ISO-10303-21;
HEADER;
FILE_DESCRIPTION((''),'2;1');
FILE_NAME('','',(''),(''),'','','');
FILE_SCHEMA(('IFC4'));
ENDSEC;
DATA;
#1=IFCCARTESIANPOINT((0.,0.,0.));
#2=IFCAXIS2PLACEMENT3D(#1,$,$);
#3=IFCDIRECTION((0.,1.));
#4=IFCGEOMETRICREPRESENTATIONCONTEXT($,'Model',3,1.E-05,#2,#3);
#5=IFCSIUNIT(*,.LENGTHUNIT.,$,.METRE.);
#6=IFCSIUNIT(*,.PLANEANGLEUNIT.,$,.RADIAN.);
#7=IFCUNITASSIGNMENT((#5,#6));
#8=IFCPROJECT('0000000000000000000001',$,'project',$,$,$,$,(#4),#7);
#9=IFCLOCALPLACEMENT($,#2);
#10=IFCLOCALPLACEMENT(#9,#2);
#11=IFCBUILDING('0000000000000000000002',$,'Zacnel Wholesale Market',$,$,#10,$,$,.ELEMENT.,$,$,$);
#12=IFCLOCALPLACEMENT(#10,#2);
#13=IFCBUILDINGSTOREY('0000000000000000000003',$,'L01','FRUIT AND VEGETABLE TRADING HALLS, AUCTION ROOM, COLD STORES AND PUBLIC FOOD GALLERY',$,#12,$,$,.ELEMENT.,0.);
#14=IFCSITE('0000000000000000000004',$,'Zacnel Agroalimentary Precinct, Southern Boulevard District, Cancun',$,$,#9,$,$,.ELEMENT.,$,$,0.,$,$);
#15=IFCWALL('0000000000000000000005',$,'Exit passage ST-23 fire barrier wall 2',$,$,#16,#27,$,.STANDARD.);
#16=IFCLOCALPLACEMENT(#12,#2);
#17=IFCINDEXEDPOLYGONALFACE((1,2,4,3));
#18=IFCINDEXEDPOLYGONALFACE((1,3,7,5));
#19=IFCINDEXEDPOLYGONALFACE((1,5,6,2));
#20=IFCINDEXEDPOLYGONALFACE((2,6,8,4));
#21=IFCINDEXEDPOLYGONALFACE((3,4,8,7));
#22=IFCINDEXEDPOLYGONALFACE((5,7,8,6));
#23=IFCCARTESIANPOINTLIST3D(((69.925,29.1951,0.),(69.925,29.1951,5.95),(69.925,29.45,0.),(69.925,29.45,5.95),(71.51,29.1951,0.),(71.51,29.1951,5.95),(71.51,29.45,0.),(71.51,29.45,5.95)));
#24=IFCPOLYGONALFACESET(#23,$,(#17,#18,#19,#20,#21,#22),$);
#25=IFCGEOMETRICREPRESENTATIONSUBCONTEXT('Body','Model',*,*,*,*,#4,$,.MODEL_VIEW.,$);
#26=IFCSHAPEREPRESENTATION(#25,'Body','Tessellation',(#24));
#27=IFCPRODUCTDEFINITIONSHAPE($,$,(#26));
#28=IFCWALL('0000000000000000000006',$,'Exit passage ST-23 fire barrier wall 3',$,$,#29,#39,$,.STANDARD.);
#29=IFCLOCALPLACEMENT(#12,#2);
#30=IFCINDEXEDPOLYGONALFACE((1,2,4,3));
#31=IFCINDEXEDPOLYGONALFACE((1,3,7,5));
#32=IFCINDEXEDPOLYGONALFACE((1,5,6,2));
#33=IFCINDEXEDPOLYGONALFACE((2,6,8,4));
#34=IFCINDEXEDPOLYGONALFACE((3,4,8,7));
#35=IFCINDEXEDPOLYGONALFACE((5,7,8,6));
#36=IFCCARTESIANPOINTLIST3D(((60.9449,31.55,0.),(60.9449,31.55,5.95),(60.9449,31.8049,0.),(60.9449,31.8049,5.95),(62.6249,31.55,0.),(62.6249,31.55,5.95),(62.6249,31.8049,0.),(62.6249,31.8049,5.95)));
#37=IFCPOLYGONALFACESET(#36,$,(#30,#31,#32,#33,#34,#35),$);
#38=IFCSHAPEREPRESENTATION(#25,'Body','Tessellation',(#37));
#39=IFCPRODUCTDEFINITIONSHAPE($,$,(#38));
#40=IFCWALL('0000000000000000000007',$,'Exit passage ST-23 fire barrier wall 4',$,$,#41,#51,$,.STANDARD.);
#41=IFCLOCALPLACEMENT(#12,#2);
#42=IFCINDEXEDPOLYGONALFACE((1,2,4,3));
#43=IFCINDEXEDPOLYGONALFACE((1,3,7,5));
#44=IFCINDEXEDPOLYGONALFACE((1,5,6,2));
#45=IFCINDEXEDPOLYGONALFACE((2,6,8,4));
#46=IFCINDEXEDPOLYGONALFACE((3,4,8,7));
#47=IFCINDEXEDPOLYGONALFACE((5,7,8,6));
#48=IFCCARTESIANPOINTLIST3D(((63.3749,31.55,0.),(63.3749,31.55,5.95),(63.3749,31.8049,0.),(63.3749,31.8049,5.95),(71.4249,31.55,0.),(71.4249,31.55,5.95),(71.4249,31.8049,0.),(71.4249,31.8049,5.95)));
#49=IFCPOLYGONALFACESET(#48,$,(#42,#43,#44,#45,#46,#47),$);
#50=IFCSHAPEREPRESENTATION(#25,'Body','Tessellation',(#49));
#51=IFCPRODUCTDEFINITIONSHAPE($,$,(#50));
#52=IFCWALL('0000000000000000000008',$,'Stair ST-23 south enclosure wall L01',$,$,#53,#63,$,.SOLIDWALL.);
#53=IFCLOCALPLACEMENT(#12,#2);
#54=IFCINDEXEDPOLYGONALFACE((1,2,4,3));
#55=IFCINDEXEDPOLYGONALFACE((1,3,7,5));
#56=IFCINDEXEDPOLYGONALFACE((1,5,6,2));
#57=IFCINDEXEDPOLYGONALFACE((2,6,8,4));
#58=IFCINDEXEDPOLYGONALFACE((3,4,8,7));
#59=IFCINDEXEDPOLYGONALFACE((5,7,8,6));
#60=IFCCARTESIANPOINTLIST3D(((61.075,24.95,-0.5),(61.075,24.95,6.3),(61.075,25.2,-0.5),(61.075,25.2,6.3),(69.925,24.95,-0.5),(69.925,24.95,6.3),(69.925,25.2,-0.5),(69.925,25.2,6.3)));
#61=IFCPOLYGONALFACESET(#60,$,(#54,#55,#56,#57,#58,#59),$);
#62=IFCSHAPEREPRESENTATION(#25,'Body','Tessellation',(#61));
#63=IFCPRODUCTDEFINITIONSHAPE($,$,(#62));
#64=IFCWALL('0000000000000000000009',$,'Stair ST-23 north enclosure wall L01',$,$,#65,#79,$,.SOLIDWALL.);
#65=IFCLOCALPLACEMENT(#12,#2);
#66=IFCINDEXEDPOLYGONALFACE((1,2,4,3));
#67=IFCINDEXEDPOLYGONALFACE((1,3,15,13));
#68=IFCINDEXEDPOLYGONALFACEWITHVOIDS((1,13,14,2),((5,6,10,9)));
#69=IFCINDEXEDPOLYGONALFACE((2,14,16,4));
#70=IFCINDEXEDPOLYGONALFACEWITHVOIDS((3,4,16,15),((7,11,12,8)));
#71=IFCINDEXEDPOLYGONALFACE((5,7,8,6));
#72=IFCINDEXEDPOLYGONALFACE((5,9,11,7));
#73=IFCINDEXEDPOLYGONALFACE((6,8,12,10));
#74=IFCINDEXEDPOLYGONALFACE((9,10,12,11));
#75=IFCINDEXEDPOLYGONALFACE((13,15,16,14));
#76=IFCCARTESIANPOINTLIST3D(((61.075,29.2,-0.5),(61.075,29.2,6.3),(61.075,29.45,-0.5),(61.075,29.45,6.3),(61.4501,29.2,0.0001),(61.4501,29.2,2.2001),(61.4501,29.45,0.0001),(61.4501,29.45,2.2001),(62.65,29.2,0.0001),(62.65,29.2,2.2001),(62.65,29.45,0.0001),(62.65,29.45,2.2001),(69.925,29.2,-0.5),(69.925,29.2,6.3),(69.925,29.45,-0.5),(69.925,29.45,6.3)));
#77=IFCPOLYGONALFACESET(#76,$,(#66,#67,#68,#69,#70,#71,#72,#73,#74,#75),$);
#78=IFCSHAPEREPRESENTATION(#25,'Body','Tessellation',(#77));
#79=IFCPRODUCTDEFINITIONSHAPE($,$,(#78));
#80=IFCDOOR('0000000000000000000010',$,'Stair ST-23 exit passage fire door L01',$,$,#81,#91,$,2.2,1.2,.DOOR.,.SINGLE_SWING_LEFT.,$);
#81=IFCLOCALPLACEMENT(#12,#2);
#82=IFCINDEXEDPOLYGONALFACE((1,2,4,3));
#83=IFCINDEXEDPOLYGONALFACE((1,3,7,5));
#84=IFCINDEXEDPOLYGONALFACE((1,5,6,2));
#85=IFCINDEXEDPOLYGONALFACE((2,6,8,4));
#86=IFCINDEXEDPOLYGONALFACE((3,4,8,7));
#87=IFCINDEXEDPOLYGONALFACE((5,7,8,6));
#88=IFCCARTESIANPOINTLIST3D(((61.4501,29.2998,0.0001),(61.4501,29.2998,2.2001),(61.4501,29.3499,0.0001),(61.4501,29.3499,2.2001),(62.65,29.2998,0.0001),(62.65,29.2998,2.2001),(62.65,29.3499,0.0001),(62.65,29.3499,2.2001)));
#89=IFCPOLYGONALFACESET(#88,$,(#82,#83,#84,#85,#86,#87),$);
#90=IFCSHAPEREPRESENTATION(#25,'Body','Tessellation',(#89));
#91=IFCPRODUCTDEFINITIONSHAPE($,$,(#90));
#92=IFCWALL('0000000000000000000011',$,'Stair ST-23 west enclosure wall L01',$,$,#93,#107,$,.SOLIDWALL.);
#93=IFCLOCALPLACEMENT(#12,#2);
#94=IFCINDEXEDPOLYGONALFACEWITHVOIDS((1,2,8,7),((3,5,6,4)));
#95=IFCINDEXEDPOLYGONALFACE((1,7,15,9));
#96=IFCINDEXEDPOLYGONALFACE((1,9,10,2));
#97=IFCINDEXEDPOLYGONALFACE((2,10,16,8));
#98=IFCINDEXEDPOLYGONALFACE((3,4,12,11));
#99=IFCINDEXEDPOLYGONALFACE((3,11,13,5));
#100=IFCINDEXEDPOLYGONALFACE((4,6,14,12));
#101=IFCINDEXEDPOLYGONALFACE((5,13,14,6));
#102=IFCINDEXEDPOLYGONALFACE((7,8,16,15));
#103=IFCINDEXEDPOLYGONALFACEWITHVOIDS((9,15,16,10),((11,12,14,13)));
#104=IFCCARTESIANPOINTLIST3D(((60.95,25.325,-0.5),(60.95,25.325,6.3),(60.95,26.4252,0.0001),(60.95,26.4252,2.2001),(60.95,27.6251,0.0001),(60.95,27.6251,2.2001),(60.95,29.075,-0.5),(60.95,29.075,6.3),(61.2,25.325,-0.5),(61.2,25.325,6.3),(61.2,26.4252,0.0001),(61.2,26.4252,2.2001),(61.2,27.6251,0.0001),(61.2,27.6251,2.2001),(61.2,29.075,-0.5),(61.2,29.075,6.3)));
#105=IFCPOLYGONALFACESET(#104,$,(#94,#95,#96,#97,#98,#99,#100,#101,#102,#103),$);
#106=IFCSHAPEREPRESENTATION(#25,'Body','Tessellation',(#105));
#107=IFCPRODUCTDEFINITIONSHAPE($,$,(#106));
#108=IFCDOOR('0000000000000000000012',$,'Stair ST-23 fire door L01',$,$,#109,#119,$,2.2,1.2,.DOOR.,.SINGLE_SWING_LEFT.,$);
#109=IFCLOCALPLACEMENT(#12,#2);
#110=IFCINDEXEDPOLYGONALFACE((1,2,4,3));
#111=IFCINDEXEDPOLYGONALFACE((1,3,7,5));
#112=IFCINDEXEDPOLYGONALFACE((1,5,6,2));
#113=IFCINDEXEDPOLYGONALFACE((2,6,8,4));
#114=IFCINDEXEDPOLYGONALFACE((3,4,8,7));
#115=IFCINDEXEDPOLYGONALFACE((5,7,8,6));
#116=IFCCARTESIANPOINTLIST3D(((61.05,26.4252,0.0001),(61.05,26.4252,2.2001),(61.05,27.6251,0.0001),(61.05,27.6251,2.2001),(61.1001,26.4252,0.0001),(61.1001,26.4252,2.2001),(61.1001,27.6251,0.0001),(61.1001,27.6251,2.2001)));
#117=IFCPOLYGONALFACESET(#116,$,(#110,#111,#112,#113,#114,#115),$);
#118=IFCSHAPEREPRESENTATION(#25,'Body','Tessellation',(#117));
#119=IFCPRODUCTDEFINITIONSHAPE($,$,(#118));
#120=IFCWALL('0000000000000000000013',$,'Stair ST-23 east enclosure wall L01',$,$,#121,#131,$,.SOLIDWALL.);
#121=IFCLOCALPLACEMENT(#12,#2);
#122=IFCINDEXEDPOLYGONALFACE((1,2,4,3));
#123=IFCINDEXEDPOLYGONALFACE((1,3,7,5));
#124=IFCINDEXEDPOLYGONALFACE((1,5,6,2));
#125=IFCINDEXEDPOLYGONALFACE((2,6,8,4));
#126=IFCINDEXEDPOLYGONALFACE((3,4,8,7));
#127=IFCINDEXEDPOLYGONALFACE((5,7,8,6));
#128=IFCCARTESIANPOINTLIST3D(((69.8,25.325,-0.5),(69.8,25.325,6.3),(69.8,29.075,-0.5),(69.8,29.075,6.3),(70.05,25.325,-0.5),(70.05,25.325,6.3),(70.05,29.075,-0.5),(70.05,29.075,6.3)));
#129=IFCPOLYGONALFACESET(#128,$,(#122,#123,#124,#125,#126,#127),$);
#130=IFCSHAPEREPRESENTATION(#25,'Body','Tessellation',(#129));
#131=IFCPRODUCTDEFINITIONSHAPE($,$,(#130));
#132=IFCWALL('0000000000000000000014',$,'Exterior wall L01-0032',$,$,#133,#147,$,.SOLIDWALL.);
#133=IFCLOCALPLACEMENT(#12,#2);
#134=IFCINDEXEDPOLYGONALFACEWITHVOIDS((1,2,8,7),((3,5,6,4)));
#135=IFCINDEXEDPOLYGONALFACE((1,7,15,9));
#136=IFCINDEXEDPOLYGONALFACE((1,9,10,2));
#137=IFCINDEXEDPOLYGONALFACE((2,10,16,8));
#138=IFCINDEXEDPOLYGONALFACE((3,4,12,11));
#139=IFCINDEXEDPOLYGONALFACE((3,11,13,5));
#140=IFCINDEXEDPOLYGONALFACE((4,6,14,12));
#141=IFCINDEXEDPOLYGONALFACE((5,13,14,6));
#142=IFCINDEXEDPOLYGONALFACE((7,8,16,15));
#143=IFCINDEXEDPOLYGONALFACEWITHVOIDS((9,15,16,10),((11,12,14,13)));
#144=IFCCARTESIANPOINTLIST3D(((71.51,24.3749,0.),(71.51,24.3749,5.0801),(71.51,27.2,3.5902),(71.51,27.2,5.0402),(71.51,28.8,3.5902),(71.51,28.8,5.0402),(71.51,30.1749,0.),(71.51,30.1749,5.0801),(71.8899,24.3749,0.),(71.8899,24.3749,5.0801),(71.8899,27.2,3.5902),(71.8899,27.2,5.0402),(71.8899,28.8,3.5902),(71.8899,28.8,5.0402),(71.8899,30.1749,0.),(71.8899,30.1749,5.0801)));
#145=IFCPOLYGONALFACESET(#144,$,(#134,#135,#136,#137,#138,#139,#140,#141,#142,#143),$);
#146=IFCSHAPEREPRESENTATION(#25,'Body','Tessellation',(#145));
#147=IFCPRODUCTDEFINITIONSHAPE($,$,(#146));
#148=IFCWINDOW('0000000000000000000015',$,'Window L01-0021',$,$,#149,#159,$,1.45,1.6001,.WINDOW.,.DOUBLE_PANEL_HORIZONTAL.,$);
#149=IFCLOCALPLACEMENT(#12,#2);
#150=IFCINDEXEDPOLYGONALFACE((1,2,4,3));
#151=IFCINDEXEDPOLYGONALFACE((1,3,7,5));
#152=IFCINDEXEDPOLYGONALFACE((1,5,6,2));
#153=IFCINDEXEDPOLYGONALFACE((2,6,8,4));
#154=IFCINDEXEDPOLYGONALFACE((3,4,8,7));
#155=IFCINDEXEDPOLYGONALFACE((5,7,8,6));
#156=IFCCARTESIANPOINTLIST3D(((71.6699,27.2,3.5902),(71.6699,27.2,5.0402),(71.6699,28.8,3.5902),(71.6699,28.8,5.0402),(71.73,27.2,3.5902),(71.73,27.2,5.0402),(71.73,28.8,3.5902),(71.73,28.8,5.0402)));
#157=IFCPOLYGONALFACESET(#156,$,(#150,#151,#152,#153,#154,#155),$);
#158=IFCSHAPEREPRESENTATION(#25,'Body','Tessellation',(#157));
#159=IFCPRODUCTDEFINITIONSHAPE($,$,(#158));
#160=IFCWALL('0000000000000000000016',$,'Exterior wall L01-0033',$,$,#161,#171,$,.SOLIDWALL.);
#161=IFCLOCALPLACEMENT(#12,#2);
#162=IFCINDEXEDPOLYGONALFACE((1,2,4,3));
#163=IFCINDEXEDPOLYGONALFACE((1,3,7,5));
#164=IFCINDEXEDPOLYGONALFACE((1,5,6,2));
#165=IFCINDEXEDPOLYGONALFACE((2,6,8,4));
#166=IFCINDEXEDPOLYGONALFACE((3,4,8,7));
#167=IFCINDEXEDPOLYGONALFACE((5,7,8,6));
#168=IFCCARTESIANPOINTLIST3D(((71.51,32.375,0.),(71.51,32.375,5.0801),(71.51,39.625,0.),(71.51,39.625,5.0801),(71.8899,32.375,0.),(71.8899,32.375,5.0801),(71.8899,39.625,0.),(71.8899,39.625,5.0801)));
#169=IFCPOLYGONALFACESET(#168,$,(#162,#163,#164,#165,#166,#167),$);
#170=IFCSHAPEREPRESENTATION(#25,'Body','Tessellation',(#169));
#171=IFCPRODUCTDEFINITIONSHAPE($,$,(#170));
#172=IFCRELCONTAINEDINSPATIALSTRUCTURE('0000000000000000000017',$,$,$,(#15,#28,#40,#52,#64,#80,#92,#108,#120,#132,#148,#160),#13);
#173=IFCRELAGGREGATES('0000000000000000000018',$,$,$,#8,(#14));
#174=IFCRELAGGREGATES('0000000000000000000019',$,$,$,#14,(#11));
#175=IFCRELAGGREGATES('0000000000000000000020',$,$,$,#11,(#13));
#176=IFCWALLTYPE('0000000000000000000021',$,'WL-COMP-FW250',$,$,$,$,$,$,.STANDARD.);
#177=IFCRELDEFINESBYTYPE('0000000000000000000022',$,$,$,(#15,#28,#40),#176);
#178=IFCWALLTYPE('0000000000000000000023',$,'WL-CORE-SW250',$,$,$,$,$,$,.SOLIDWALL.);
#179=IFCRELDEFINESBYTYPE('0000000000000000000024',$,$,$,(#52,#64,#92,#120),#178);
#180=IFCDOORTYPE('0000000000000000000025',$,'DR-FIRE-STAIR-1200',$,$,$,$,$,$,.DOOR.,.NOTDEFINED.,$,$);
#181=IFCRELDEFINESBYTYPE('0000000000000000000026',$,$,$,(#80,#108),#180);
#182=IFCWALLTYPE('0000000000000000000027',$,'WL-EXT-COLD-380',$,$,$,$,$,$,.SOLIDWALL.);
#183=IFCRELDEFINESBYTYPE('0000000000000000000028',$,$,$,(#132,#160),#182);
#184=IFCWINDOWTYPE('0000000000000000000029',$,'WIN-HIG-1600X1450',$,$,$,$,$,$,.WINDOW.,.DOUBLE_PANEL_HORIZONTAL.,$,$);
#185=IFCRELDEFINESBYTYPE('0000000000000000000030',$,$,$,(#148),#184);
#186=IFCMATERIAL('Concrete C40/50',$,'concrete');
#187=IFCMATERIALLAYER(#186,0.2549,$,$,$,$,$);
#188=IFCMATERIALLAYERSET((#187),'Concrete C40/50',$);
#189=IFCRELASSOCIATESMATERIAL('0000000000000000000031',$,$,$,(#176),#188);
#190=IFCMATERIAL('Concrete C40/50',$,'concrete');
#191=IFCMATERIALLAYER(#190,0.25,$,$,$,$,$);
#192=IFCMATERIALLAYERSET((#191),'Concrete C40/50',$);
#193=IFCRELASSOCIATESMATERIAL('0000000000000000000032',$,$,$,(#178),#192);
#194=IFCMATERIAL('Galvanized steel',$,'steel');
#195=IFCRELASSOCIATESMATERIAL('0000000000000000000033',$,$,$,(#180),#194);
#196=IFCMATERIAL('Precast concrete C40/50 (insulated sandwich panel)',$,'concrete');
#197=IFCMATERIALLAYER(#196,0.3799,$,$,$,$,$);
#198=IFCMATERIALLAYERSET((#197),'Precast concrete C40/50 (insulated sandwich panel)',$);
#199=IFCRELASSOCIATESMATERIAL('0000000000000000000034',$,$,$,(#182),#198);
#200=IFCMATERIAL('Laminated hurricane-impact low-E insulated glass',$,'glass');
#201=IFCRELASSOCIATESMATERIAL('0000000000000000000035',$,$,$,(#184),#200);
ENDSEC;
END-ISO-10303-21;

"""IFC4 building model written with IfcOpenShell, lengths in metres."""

from ifc_helpers import new_model, si_unit, direction, frame, frame_2d, origin, place, context, subcontext, project, spatial, rectangle, extrude, material, layer, layer_set, type_object, element, fill, save


model = new_model("IFC4")

# Units and contexts
model_context = context("Model", 3, precision=1e-05, world=origin(), true_north=direction((0.0, 1.0)))
body_context = subcontext(model_context, "Body", "Model", "MODEL_VIEW")
ifc_project = project(units=[si_unit("LENGTHUNIT", "METRE"), si_unit("PLANEANGLEUNIT", "RADIAN")], contexts=[model_context])

# Site, building, storey
site_placement = place(None, origin())
site = spatial("IfcSite", under=ifc_project, at=site_placement, Name="Zacnel Agroalimentary Precinct, Southern Boulevard District, Cancun", CompositionType="ELEMENT", RefElevation=0.0)
building_placement = place(site_placement, origin())
building = spatial("IfcBuilding", under=site, at=building_placement, Name="Zacnel Wholesale Market", CompositionType="ELEMENT")
storey_placement = place(building_placement, origin())
storey = spatial("IfcBuildingStorey", under=building, at=storey_placement, Name="L01", Description="FRUIT AND VEGETABLE TRADING HALLS, AUCTION ROOM, COLD STORES AND PUBLIC FOOD GALLERY", CompositionType="ELEMENT", Elevation=0.0)

# Walls
ifc_material_1 = material(Name="Concrete C40/50", Category="concrete")
ifc_layer_1 = layer(ifc_material_1, 0.2549)
ifc_layer_set_1 = layer_set([ifc_layer_1], Name="Concrete C40/50")
wall_type_1 = type_object("IfcWallType", Name="WL-COMP-FW250", PredefinedType="STANDARD", material=ifc_layer_set_1)
wall_1_placement = place(storey_placement, frame((69.925, 29.3225, 0.0), z_axis=(0.0, 0.0, 1.0), x_axis=(1.0, 0.0, 0.0)))
element("IfcWall", 1, at=wall_1_placement, inside=storey, type_object=wall_type_1, Name="Exit passage ST-23 fire barrier wall 2", PredefinedType="STANDARD", context=body_context, shape_type="SweptSolid", body=[
    extrude(rectangle(XDim=1.585, YDim=0.2549, at=frame_2d((0.7925, 0.0))), origin(), (0.0, 0.0, 1.0), 5.95),
])
wall_2_placement = place(storey_placement, frame((60.9451, 31.6775, 0.0), z_axis=(0.0, 0.0, 1.0), x_axis=(1.0, 0.0, 0.0)))
element("IfcWall", 2, at=wall_2_placement, inside=storey, type_object=wall_type_1, Name="Exit passage ST-23 fire barrier wall 3", PredefinedType="STANDARD", context=body_context, shape_type="SweptSolid", body=[
    extrude(rectangle(XDim=1.6799, YDim=0.2549, at=frame_2d((0.8398, 0.0))), origin(), (0.0, 0.0, 1.0), 5.95),
])
wall_3_placement = place(storey_placement, frame((63.375, 31.6775, 0.0), z_axis=(0.0, 0.0, 1.0), x_axis=(1.0, 0.0, 0.0)))
element("IfcWall", 3, at=wall_3_placement, inside=storey, type_object=wall_type_1, Name="Exit passage ST-23 fire barrier wall 4", PredefinedType="STANDARD", context=body_context, shape_type="SweptSolid", body=[
    extrude(rectangle(XDim=8.05, YDim=0.2549, at=frame_2d((4.0249, 0.0))), origin(), (0.0, 0.0, 1.0), 5.95),
])
ifc_material_2 = material(Name="Concrete C40/50", Category="concrete")
ifc_layer_2 = layer(ifc_material_2, 0.25)
ifc_layer_set_2 = layer_set([ifc_layer_2], Name="Concrete C40/50")
wall_type_2 = type_object("IfcWallType", Name="WL-CORE-SW250", PredefinedType="SOLIDWALL", material=ifc_layer_set_2)
wall_4_placement = place(storey_placement, frame((61.075, 25.075, -0.5), z_axis=(0.0, 0.0, 1.0), x_axis=(1.0, 0.0, 0.0)))
element("IfcWall", 4, at=wall_4_placement, inside=storey, type_object=wall_type_2, Name="Stair ST-23 south enclosure wall L01", PredefinedType="SOLIDWALL", context=body_context, shape_type="SweptSolid", body=[
    extrude(rectangle(XDim=8.8501, YDim=0.25, at=frame_2d((4.425, 0.0))), origin(), (0.0, 0.0, 1.0), 6.8),
])

# Walls, openings, doors
wall_5_placement = place(storey_placement, frame((61.075, 29.325, -0.5), z_axis=(0.0, 0.0, 1.0), x_axis=(1.0, 0.0, 0.0)))
wall_5 = element("IfcWall", 5, at=wall_5_placement, inside=storey, type_object=wall_type_2, Name="Stair ST-23 north enclosure wall L01", PredefinedType="SOLIDWALL", context=body_context, shape_type="SweptSolid", body=[
    extrude(rectangle(XDim=8.8501, YDim=0.25, at=frame_2d((4.425, 0.0))), origin(), (0.0, 0.0, 1.0), 6.8),
])
opening_1_placement = place(wall_5_placement, frame((0.375, 0.0, 0.5)))
opening_1 = element("IfcOpeningElement", 6, at=opening_1_placement, cuts=wall_5, PredefinedType="OPENING", context=body_context, shape_type="SweptSolid", body=[
    extrude(rectangle(XDim=1.2, YDim=2.2, at=frame_2d((0.6001, 1.1001))), frame((0.0, 0.135, 0.0), z_axis=(0.0, -1.0, 0.0), x_axis=(1.0, 0.0, 0.0)), (0.0, 0.0, 1.0), 0.27),
])
ifc_material_3 = material(Name="Galvanized steel", Category="steel")
door_type_1 = type_object("IfcDoorType", Name="DR-FIRE-STAIR-1200", OperationType="NOTDEFINED", PredefinedType="DOOR", material=ifc_material_3)
door_1_placement = place(opening_1_placement, origin())
door_1 = element("IfcDoor", 7, at=door_1_placement, inside=storey, type_object=door_type_1, Name="Stair ST-23 exit passage fire door L01", OperationType="SINGLE_SWING_LEFT", OverallHeight=2.2, OverallWidth=1.2, PredefinedType="DOOR", context=body_context, shape_type="SweptSolid", body=[
    extrude(rectangle(XDim=1.2, YDim=2.2, at=frame_2d((0.6001, 1.1001))), frame((0.0, 0.0249, 0.0), z_axis=(0.0, -1.0, 0.0), x_axis=(1.0, 0.0, 0.0)), (0.0, 0.0, 1.0), 0.05),
])
fill(opening_1, door_1)
wall_6_placement = place(storey_placement, frame((61.075, 25.325, -0.5), z_axis=(0.0, 0.0, 1.0), x_axis=(0.0, 1.0, 0.0)))
wall_6 = element("IfcWall", 8, at=wall_6_placement, inside=storey, type_object=wall_type_2, Name="Stair ST-23 west enclosure wall L01", PredefinedType="SOLIDWALL", context=body_context, shape_type="SweptSolid", body=[
    extrude(rectangle(XDim=3.75, YDim=0.25, at=frame_2d((1.875, 0.0))), origin(), (0.0, 0.0, 1.0), 6.8),
])
opening_2_placement = place(wall_6_placement, frame((1.1001, 0.0, 0.5)))
opening_2 = element("IfcOpeningElement", 9, at=opening_2_placement, cuts=wall_6, PredefinedType="OPENING", context=body_context, shape_type="SweptSolid", body=[
    extrude(rectangle(XDim=1.2, YDim=2.2, at=frame_2d((0.6001, 1.1001))), frame((0.0, 0.135, 0.0), z_axis=(0.0, -1.0, 0.0), x_axis=(1.0, 0.0, 0.0)), (0.0, 0.0, 1.0), 0.27),
])
door_2_placement = place(opening_2_placement, origin())
door_2 = element("IfcDoor", 10, at=door_2_placement, inside=storey, type_object=door_type_1, Name="Stair ST-23 fire door L01", OperationType="SINGLE_SWING_LEFT", OverallHeight=2.2, OverallWidth=1.2, PredefinedType="DOOR", context=body_context, shape_type="SweptSolid", body=[
    extrude(rectangle(XDim=1.2, YDim=2.2, at=frame_2d((0.6001, 1.1001))), frame((0.0, 0.0249, 0.0), z_axis=(0.0, -1.0, 0.0), x_axis=(1.0, 0.0, 0.0)), (0.0, 0.0, 1.0), 0.05),
])
fill(opening_2, door_2)

# Wall
wall_7_placement = place(storey_placement, frame((69.925, 25.325, -0.5), z_axis=(0.0, 0.0, 1.0), x_axis=(0.0, 1.0, 0.0)))
element("IfcWall", 11, at=wall_7_placement, inside=storey, type_object=wall_type_2, Name="Stair ST-23 east enclosure wall L01", PredefinedType="SOLIDWALL", context=body_context, shape_type="SweptSolid", body=[
    extrude(rectangle(XDim=3.75, YDim=0.25, at=frame_2d((1.875, 0.0))), origin(), (0.0, 0.0, 1.0), 6.8),
])

# Wall, opening, window
ifc_material_4 = material(Name="Precast concrete C40/50 (insulated sandwich panel)", Category="concrete")
ifc_layer_3 = layer(ifc_material_4, 0.3799)
ifc_layer_set_3 = layer_set([ifc_layer_3], Name="Precast concrete C40/50 (insulated sandwich panel)")
wall_type_3 = type_object("IfcWallType", Name="WL-EXT-COLD-380", PredefinedType="SOLIDWALL", material=ifc_layer_set_3)
wall_8_placement = place(storey_placement, frame((71.7, 24.375, 0.0), z_axis=(0.0, 0.0, 1.0), x_axis=(0.0, 1.0, 0.0)))
wall_8 = element("IfcWall", 12, at=wall_8_placement, inside=storey, type_object=wall_type_3, Name="Exterior wall L01-0032", PredefinedType="SOLIDWALL", context=body_context, shape_type="SweptSolid", body=[
    extrude(rectangle(XDim=5.8, YDim=0.3799, at=frame_2d((2.8999, 0.0))), origin(), (0.0, 0.0, 1.0), 5.0801),
])
opening_3_placement = place(wall_8_placement, frame((2.825, 0.0, 3.5901)))
opening_3 = element("IfcOpeningElement", 13, at=opening_3_placement, cuts=wall_8, PredefinedType="OPENING", context=body_context, shape_type="SweptSolid", body=[
    extrude(rectangle(XDim=1.6001, YDim=1.45, at=frame_2d((0.8, 0.7251))), frame((0.0, 0.2, 0.0), z_axis=(0.0, -1.0, 0.0), x_axis=(1.0, 0.0, 0.0)), (0.0, 0.0, 1.0), 0.3999),
])
ifc_material_5 = material(Name="Laminated hurricane-impact low-E insulated glass", Category="glass")
window_type = type_object("IfcWindowType", Name="WIN-HIG-1600X1450", PartitioningType="DOUBLE_PANEL_HORIZONTAL", PredefinedType="WINDOW", material=ifc_material_5)
window_placement = place(opening_3_placement, origin())
window = element("IfcWindow", 14, at=window_placement, inside=storey, type_object=window_type, Name="Window L01-0021", OverallHeight=1.45, OverallWidth=1.6001, PartitioningType="DOUBLE_PANEL_HORIZONTAL", PredefinedType="WINDOW", context=body_context, shape_type="SweptSolid", body=[
    extrude(rectangle(XDim=1.6001, YDim=1.45, at=frame_2d((0.8, 0.7251))), frame((0.0, 0.03, 0.0), z_axis=(0.0, -1.0, 0.0), x_axis=(1.0, 0.0, 0.0)), (0.0, 0.0, 1.0), 0.0601),
])
fill(opening_3, window)

# Wall
wall_9_placement = place(storey_placement, frame((71.7, 32.375, 0.0), z_axis=(0.0, 0.0, 1.0), x_axis=(0.0, 1.0, 0.0)))
element("IfcWall", 15, at=wall_9_placement, inside=storey, type_object=wall_type_3, Name="Exterior wall L01-0033", PredefinedType="SOLIDWALL", context=body_context, shape_type="SweptSolid", body=[
    extrude(rectangle(XDim=7.25, YDim=0.3799, at=frame_2d((3.625, 0.0))), origin(), (0.0, 0.0, 1.0), 5.0801),
])

save(model, "model.ifc")
